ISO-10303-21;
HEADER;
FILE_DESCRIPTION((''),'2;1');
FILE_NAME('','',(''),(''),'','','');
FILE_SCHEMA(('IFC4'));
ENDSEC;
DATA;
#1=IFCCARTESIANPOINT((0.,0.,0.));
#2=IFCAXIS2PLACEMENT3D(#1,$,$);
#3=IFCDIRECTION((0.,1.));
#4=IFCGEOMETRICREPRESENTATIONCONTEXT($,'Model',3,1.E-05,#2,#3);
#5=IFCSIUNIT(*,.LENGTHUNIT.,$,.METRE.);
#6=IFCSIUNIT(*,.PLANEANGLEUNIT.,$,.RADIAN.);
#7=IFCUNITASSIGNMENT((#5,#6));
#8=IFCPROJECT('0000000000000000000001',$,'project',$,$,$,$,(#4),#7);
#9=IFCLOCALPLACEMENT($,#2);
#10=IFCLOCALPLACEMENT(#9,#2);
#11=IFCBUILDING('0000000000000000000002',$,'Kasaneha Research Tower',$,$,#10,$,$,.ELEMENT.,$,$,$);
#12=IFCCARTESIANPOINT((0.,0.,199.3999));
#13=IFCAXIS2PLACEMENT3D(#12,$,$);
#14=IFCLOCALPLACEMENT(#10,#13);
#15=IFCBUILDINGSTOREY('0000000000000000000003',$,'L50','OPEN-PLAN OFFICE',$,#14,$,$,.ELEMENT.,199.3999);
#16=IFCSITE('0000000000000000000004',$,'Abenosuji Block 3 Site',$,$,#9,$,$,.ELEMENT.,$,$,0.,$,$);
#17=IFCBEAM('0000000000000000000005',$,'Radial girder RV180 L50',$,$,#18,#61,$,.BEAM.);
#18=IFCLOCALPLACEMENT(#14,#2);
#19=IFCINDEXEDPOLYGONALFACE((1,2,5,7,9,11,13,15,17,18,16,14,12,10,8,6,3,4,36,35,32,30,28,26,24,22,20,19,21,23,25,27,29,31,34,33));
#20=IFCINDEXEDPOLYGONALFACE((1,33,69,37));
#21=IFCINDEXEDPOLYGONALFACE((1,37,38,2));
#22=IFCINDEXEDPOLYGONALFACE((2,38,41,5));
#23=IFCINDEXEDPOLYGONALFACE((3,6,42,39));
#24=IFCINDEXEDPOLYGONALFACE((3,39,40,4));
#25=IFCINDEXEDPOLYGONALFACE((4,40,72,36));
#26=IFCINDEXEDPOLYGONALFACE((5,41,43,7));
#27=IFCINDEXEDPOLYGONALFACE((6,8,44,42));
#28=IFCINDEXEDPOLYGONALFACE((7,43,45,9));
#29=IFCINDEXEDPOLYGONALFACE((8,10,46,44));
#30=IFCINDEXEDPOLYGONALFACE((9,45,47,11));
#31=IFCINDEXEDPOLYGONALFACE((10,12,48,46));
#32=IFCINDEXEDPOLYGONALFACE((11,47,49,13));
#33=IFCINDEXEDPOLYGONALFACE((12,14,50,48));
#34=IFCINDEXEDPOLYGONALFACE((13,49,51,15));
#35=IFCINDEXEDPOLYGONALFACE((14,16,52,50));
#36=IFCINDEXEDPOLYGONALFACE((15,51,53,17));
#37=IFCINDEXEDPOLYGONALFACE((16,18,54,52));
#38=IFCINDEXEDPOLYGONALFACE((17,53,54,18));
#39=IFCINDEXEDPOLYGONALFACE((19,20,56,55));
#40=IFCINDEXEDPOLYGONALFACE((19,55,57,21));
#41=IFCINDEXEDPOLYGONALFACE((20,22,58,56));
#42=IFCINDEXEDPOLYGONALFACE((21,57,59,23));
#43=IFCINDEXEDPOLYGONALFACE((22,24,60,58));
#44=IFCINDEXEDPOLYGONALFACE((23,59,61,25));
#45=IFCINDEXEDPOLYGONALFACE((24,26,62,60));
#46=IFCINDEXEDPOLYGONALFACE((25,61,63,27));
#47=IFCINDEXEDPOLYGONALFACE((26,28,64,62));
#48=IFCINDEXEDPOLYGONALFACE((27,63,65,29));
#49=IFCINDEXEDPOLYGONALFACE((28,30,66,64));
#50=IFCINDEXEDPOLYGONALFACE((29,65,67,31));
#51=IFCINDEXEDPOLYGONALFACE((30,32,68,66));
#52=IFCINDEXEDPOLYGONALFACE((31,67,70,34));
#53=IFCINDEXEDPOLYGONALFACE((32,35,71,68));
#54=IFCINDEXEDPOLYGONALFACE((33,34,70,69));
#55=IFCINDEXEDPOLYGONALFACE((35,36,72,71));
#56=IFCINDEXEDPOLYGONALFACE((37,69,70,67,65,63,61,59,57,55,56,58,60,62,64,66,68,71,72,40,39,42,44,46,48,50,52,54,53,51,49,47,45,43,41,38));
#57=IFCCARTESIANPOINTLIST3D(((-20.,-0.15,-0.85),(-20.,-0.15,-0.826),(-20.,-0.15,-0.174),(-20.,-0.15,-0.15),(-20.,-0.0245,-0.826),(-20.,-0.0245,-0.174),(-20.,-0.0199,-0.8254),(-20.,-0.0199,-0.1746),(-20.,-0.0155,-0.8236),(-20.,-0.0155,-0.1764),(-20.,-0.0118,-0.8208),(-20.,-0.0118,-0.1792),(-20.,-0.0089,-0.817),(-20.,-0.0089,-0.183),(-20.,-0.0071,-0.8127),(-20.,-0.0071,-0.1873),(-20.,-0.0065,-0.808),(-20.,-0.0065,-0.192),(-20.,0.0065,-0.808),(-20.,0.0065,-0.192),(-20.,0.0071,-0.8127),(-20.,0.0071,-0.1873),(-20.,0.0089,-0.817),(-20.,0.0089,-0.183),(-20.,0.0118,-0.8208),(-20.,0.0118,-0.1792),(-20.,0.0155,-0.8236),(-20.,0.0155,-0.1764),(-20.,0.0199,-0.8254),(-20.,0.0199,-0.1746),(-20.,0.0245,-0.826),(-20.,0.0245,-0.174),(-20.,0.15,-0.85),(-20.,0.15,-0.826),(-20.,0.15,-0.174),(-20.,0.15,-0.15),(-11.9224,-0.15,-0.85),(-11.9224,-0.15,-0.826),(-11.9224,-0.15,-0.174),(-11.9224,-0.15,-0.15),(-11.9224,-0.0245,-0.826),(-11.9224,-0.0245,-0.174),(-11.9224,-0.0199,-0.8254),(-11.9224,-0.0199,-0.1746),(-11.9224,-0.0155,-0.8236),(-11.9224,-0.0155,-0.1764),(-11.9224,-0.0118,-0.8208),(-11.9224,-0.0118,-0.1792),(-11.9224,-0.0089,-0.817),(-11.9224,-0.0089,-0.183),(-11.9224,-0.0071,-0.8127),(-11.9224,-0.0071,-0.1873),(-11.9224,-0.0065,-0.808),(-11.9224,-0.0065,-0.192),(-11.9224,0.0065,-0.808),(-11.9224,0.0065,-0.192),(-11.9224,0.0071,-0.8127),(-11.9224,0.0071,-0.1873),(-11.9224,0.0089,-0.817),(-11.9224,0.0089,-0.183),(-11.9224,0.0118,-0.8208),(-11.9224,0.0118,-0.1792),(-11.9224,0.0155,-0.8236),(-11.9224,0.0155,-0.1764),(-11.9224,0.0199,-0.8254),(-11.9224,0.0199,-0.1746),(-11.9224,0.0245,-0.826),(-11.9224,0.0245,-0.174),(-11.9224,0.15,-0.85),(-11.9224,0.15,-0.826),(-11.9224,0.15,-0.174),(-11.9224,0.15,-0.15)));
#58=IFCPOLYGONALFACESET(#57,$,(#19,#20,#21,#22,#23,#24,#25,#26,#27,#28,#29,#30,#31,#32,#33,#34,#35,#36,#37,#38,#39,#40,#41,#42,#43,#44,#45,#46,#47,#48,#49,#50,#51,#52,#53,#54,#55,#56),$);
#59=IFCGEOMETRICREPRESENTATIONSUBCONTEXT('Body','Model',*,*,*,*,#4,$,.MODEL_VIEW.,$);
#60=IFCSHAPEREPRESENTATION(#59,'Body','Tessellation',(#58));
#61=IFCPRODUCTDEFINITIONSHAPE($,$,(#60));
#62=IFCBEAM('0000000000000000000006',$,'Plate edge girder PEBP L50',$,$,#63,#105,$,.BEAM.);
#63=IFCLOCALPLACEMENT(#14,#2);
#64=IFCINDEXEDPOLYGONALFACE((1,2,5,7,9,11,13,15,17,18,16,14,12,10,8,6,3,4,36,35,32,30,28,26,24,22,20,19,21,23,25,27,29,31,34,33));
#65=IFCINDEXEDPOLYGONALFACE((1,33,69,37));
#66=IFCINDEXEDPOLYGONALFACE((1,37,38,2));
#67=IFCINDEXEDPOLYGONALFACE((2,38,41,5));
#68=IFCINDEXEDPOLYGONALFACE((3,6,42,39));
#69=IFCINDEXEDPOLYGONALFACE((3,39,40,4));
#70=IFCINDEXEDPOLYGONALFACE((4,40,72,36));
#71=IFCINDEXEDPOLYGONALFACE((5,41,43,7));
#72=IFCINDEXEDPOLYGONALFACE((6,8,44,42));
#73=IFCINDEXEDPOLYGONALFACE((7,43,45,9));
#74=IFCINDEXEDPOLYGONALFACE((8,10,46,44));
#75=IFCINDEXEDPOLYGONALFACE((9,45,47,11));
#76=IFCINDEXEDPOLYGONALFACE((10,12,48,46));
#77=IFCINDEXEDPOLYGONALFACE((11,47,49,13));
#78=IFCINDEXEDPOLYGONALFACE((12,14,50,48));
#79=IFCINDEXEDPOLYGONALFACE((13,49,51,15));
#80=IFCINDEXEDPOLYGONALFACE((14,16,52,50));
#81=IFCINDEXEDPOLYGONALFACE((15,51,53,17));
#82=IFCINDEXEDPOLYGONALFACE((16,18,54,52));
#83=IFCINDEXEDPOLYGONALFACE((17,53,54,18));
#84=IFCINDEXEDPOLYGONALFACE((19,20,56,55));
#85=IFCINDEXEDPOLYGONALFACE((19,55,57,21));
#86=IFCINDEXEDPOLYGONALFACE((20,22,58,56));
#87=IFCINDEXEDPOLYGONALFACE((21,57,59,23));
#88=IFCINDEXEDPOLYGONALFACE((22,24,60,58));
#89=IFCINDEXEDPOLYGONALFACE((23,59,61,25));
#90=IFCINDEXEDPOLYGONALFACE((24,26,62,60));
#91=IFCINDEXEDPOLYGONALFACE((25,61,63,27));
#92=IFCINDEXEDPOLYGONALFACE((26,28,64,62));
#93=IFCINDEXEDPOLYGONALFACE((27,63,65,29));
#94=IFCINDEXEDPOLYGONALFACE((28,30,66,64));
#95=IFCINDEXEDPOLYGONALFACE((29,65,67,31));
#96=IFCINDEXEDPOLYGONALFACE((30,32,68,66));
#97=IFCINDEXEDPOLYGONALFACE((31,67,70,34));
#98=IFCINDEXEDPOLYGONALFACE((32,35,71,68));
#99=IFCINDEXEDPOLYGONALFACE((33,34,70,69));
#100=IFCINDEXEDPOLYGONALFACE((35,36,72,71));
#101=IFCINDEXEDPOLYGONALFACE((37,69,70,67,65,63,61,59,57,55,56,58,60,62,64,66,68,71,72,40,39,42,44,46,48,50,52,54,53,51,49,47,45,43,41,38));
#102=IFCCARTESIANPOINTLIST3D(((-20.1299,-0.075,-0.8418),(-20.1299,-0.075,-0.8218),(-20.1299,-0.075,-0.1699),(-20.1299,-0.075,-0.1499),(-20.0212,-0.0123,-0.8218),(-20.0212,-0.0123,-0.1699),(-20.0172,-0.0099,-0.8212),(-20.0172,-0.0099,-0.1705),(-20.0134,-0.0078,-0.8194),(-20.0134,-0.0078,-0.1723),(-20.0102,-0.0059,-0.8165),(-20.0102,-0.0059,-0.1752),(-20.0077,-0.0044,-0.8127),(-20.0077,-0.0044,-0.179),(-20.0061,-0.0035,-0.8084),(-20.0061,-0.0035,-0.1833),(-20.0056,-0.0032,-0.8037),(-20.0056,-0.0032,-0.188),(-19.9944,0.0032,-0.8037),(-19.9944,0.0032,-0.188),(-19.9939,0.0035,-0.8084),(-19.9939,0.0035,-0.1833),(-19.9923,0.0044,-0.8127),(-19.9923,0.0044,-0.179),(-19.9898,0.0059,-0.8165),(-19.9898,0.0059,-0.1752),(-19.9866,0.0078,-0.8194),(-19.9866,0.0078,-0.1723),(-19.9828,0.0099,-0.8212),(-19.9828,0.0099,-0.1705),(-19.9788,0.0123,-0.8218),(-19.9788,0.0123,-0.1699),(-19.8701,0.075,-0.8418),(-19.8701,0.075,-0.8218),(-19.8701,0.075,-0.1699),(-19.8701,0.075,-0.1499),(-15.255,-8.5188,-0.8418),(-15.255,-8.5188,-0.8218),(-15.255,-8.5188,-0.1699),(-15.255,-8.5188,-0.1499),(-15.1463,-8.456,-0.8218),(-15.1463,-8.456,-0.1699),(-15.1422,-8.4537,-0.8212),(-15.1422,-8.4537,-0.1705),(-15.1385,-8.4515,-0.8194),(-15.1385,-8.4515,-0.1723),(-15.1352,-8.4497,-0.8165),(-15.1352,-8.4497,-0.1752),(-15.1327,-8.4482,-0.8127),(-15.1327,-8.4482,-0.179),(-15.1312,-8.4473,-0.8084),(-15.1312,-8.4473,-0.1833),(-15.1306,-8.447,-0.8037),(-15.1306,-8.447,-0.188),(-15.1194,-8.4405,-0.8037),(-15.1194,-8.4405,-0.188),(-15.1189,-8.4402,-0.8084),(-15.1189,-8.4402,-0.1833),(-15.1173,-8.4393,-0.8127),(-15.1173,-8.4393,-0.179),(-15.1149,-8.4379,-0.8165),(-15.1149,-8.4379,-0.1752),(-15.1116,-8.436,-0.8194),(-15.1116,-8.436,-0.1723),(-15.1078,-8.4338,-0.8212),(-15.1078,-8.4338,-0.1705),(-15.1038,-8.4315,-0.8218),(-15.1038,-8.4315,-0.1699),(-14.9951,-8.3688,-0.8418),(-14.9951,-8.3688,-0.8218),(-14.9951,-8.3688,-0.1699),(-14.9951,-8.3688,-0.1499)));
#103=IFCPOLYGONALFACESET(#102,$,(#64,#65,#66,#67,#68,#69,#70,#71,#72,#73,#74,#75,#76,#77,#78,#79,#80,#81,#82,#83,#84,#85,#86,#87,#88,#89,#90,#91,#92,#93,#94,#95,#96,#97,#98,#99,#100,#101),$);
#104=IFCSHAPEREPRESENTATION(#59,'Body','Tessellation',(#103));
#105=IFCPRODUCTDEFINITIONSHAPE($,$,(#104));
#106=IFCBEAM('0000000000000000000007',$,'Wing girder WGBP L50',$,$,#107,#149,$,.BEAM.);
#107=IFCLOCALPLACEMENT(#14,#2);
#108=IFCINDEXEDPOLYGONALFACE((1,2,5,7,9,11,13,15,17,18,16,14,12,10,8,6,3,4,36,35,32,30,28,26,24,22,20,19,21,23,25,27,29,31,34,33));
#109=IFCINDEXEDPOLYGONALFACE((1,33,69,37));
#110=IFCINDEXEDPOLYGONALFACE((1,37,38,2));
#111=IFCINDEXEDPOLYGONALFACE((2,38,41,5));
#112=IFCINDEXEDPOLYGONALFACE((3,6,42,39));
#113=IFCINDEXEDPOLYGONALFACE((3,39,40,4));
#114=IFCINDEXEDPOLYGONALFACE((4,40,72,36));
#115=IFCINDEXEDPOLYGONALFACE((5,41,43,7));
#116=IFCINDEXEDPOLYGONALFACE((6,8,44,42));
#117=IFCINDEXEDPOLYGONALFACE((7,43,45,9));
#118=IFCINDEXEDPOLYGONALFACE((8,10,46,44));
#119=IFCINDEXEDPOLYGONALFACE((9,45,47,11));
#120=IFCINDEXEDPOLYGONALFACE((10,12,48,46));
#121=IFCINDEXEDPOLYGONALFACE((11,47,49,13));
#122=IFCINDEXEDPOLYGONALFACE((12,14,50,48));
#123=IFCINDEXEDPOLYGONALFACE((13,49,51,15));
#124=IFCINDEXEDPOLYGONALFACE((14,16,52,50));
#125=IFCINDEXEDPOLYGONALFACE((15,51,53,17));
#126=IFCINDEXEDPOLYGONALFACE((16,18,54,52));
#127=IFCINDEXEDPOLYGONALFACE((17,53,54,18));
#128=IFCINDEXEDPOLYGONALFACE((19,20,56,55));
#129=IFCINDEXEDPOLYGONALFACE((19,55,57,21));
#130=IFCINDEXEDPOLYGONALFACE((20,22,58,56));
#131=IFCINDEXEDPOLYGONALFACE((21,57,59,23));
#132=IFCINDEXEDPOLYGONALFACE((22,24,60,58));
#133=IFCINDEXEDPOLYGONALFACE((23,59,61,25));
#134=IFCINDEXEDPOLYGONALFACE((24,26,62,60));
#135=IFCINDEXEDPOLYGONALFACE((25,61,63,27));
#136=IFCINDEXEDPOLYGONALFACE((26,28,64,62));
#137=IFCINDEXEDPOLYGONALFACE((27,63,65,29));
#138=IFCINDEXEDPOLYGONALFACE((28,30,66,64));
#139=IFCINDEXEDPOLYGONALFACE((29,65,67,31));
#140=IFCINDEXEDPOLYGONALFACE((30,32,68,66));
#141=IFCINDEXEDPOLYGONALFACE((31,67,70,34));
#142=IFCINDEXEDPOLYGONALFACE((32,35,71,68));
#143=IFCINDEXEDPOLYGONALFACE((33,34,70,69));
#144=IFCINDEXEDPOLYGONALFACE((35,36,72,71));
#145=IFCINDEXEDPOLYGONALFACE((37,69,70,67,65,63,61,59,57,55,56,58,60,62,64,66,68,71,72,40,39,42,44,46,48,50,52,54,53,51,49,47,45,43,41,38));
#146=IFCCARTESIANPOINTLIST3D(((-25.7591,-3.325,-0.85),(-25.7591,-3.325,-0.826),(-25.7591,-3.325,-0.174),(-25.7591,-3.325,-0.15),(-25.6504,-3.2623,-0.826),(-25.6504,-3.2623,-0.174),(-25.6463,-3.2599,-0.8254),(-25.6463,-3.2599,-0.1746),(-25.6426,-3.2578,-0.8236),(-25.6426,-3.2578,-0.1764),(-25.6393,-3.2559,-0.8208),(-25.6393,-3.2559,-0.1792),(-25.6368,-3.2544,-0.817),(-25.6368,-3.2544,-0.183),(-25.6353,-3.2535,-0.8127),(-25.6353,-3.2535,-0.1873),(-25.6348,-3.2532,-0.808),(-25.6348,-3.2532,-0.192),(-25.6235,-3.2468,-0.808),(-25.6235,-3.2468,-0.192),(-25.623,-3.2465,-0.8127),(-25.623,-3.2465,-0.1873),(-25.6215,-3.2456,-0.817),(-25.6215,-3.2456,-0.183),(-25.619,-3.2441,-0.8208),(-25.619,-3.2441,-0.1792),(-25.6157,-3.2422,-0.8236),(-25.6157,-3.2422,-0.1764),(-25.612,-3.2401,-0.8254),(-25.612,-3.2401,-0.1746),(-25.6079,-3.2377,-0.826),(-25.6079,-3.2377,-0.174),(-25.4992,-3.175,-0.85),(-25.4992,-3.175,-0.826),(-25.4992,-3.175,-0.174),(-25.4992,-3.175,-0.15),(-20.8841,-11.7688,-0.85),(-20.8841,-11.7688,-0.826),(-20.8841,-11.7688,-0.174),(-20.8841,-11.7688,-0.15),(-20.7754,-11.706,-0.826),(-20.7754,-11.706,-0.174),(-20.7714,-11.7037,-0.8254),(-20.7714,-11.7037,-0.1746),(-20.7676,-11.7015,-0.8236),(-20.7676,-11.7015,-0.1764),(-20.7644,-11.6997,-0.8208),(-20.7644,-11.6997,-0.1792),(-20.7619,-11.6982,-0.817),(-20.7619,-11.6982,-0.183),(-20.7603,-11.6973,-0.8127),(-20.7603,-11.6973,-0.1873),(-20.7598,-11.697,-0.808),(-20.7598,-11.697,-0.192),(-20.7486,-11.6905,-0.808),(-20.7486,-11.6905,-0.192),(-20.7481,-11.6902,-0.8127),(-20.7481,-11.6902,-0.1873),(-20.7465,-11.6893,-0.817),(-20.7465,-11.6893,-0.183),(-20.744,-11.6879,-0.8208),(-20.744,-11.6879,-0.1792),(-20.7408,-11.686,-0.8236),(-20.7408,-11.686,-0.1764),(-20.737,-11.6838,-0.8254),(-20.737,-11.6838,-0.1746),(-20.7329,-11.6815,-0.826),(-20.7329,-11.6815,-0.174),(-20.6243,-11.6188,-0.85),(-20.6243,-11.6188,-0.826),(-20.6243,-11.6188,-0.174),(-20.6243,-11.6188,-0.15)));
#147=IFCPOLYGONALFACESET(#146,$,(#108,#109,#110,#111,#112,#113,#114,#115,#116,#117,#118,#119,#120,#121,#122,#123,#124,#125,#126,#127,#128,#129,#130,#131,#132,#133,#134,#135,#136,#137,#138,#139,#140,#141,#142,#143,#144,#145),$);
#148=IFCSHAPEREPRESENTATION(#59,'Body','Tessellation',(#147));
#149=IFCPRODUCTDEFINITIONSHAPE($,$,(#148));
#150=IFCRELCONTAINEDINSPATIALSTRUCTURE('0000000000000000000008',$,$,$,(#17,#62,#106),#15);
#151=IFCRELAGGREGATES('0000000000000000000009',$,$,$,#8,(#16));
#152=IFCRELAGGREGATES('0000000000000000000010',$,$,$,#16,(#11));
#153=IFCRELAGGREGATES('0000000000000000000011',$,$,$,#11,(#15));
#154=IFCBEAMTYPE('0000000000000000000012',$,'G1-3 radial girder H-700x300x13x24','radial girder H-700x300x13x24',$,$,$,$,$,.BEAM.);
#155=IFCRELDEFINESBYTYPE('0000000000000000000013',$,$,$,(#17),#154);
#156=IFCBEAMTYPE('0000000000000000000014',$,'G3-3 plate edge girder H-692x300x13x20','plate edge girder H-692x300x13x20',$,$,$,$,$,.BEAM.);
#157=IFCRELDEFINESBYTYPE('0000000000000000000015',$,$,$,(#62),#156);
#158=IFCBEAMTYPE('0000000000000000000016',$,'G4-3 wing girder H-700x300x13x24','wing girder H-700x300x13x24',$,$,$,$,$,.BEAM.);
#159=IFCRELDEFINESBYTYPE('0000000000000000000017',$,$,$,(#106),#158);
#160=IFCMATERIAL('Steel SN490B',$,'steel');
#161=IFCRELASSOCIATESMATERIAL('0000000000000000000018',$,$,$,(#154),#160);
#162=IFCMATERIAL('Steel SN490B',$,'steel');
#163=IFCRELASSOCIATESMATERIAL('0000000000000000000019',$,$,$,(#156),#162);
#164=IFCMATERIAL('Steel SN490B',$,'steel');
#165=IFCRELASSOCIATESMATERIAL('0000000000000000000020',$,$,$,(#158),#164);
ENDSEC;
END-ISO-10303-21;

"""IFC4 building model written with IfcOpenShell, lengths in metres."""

from ifc_helpers import new_model, si_unit, direction, frame, origin, origin_2d, place, context, subcontext, project, spatial, i_section, extrude, material, material_profile, profile_set, type_object, element, save


model = new_model("IFC4")

# Units and contexts
model_context = context("Model", 3, precision=1e-05, world=origin(), true_north=direction((0.0, 1.0)))
body_context = subcontext(model_context, "Body", "Model", "MODEL_VIEW")
ifc_project = project(units=[si_unit("LENGTHUNIT", "METRE"), si_unit("PLANEANGLEUNIT", "RADIAN")], contexts=[model_context])

# Site, building, storey
site_placement = place(None, origin())
site = spatial("IfcSite", under=ifc_project, at=site_placement, Name="Abenosuji Block 3 Site", CompositionType="ELEMENT", RefElevation=0.0)
building_placement = place(site_placement, origin())
building = spatial("IfcBuilding", under=site, at=building_placement, Name="Kasaneha Research Tower", CompositionType="ELEMENT")
storey_placement = place(building_placement, frame((0.0, 0.0, 199.3999)))
storey = spatial("IfcBuildingStorey", under=building, at=storey_placement, Name="L50", Description="OPEN-PLAN OFFICE", CompositionType="ELEMENT", Elevation=199.3999)

# Beams
ifc_material_1 = material(Name="Steel SN490B", Category="steel")
ifc_material_profile_1 = material_profile(ifc_material_1, i_section(OverallWidth=0.3, OverallDepth=0.7, WebThickness=0.0129, FlangeThickness=0.0239, FilletRadius=0.0181, at=origin_2d()), Name="H-700x300x13x24")
ifc_profile_set_1 = profile_set([ifc_material_profile_1], Name="Steel SN490B")
beam_type_1 = type_object("IfcBeamType", Name="G1-3 radial girder H-700x300x13x24", Description="radial girder H-700x300x13x24", PredefinedType="BEAM", material=ifc_profile_set_1)
beam_1_placement = place(storey_placement, frame((-11.9224, 0.0, -0.5), z_axis=(-1.0, 0.0, 0.0), x_axis=(0.0, -1.0, 0.0)))
element("IfcBeam", 1, at=beam_1_placement, inside=storey, type_object=beam_type_1, Name="Radial girder RV180 L50", PredefinedType="BEAM", context=body_context, shape_type="SweptSolid", body=[
    extrude(i_section(OverallWidth=0.3, OverallDepth=0.7, WebThickness=0.0129, FlangeThickness=0.0239, FilletRadius=0.0181, at=origin_2d()), origin(), (0.0, 0.0, 1.0), 8.0776),
])
ifc_material_2 = material(Name="Steel SN490B", Category="steel")
ifc_material_profile_2 = material_profile(ifc_material_2, i_section(OverallWidth=0.3, OverallDepth=0.6919, WebThickness=0.0129, FlangeThickness=0.02, FilletRadius=0.0181, at=origin_2d()), Name="H-692x300x13x20")
ifc_profile_set_2 = profile_set([ifc_material_profile_2], Name="Steel SN490B")
beam_type_2 = type_object("IfcBeamType", Name="G3-3 plate edge girder H-692x300x13x20", Description="plate edge girder H-692x300x13x20", PredefinedType="BEAM", material=ifc_profile_set_2)
beam_2_placement = place(storey_placement, frame((-20.0, 0.0, -0.4958), z_axis=(0.499996, -0.866028, 0.0), x_axis=(0.866028, 0.499996, 0.0)))
element("IfcBeam", 2, at=beam_2_placement, inside=storey, type_object=beam_type_2, Name="Plate edge girder PEBP L50", PredefinedType="BEAM", context=body_context, shape_type="SweptSolid", body=[
    extrude(i_section(OverallWidth=0.3, OverallDepth=0.6919, WebThickness=0.0129, FlangeThickness=0.02, FilletRadius=0.0181, at=origin_2d()), origin(), (0.0, 0.0, 1.0), 9.75),
])
ifc_material_3 = material(Name="Steel SN490B", Category="steel")
ifc_material_profile_3 = material_profile(ifc_material_3, i_section(OverallWidth=0.3, OverallDepth=0.7, WebThickness=0.0129, FlangeThickness=0.0239, FilletRadius=0.0181, at=origin_2d()), Name="H-700x300x13x24")
ifc_profile_set_3 = profile_set([ifc_material_profile_3], Name="Steel SN490B")
beam_type_3 = type_object("IfcBeamType", Name="G4-3 wing girder H-700x300x13x24", Description="wing girder H-700x300x13x24", PredefinedType="BEAM", material=ifc_profile_set_3)
beam_3_placement = place(storey_placement, frame((-25.6292, -3.25, -0.5), z_axis=(0.499996, -0.866028, 0.0), x_axis=(0.866028, 0.499996, 0.0)))
element("IfcBeam", 3, at=beam_3_placement, inside=storey, type_object=beam_type_3, Name="Wing girder WGBP L50", PredefinedType="BEAM", context=body_context, shape_type="SweptSolid", body=[
    extrude(i_section(OverallWidth=0.3, OverallDepth=0.7, WebThickness=0.0129, FlangeThickness=0.0239, FilletRadius=0.0181, at=origin_2d()), origin(), (0.0, 0.0, 1.0), 9.75),
])

save(model, "model.ifc")
